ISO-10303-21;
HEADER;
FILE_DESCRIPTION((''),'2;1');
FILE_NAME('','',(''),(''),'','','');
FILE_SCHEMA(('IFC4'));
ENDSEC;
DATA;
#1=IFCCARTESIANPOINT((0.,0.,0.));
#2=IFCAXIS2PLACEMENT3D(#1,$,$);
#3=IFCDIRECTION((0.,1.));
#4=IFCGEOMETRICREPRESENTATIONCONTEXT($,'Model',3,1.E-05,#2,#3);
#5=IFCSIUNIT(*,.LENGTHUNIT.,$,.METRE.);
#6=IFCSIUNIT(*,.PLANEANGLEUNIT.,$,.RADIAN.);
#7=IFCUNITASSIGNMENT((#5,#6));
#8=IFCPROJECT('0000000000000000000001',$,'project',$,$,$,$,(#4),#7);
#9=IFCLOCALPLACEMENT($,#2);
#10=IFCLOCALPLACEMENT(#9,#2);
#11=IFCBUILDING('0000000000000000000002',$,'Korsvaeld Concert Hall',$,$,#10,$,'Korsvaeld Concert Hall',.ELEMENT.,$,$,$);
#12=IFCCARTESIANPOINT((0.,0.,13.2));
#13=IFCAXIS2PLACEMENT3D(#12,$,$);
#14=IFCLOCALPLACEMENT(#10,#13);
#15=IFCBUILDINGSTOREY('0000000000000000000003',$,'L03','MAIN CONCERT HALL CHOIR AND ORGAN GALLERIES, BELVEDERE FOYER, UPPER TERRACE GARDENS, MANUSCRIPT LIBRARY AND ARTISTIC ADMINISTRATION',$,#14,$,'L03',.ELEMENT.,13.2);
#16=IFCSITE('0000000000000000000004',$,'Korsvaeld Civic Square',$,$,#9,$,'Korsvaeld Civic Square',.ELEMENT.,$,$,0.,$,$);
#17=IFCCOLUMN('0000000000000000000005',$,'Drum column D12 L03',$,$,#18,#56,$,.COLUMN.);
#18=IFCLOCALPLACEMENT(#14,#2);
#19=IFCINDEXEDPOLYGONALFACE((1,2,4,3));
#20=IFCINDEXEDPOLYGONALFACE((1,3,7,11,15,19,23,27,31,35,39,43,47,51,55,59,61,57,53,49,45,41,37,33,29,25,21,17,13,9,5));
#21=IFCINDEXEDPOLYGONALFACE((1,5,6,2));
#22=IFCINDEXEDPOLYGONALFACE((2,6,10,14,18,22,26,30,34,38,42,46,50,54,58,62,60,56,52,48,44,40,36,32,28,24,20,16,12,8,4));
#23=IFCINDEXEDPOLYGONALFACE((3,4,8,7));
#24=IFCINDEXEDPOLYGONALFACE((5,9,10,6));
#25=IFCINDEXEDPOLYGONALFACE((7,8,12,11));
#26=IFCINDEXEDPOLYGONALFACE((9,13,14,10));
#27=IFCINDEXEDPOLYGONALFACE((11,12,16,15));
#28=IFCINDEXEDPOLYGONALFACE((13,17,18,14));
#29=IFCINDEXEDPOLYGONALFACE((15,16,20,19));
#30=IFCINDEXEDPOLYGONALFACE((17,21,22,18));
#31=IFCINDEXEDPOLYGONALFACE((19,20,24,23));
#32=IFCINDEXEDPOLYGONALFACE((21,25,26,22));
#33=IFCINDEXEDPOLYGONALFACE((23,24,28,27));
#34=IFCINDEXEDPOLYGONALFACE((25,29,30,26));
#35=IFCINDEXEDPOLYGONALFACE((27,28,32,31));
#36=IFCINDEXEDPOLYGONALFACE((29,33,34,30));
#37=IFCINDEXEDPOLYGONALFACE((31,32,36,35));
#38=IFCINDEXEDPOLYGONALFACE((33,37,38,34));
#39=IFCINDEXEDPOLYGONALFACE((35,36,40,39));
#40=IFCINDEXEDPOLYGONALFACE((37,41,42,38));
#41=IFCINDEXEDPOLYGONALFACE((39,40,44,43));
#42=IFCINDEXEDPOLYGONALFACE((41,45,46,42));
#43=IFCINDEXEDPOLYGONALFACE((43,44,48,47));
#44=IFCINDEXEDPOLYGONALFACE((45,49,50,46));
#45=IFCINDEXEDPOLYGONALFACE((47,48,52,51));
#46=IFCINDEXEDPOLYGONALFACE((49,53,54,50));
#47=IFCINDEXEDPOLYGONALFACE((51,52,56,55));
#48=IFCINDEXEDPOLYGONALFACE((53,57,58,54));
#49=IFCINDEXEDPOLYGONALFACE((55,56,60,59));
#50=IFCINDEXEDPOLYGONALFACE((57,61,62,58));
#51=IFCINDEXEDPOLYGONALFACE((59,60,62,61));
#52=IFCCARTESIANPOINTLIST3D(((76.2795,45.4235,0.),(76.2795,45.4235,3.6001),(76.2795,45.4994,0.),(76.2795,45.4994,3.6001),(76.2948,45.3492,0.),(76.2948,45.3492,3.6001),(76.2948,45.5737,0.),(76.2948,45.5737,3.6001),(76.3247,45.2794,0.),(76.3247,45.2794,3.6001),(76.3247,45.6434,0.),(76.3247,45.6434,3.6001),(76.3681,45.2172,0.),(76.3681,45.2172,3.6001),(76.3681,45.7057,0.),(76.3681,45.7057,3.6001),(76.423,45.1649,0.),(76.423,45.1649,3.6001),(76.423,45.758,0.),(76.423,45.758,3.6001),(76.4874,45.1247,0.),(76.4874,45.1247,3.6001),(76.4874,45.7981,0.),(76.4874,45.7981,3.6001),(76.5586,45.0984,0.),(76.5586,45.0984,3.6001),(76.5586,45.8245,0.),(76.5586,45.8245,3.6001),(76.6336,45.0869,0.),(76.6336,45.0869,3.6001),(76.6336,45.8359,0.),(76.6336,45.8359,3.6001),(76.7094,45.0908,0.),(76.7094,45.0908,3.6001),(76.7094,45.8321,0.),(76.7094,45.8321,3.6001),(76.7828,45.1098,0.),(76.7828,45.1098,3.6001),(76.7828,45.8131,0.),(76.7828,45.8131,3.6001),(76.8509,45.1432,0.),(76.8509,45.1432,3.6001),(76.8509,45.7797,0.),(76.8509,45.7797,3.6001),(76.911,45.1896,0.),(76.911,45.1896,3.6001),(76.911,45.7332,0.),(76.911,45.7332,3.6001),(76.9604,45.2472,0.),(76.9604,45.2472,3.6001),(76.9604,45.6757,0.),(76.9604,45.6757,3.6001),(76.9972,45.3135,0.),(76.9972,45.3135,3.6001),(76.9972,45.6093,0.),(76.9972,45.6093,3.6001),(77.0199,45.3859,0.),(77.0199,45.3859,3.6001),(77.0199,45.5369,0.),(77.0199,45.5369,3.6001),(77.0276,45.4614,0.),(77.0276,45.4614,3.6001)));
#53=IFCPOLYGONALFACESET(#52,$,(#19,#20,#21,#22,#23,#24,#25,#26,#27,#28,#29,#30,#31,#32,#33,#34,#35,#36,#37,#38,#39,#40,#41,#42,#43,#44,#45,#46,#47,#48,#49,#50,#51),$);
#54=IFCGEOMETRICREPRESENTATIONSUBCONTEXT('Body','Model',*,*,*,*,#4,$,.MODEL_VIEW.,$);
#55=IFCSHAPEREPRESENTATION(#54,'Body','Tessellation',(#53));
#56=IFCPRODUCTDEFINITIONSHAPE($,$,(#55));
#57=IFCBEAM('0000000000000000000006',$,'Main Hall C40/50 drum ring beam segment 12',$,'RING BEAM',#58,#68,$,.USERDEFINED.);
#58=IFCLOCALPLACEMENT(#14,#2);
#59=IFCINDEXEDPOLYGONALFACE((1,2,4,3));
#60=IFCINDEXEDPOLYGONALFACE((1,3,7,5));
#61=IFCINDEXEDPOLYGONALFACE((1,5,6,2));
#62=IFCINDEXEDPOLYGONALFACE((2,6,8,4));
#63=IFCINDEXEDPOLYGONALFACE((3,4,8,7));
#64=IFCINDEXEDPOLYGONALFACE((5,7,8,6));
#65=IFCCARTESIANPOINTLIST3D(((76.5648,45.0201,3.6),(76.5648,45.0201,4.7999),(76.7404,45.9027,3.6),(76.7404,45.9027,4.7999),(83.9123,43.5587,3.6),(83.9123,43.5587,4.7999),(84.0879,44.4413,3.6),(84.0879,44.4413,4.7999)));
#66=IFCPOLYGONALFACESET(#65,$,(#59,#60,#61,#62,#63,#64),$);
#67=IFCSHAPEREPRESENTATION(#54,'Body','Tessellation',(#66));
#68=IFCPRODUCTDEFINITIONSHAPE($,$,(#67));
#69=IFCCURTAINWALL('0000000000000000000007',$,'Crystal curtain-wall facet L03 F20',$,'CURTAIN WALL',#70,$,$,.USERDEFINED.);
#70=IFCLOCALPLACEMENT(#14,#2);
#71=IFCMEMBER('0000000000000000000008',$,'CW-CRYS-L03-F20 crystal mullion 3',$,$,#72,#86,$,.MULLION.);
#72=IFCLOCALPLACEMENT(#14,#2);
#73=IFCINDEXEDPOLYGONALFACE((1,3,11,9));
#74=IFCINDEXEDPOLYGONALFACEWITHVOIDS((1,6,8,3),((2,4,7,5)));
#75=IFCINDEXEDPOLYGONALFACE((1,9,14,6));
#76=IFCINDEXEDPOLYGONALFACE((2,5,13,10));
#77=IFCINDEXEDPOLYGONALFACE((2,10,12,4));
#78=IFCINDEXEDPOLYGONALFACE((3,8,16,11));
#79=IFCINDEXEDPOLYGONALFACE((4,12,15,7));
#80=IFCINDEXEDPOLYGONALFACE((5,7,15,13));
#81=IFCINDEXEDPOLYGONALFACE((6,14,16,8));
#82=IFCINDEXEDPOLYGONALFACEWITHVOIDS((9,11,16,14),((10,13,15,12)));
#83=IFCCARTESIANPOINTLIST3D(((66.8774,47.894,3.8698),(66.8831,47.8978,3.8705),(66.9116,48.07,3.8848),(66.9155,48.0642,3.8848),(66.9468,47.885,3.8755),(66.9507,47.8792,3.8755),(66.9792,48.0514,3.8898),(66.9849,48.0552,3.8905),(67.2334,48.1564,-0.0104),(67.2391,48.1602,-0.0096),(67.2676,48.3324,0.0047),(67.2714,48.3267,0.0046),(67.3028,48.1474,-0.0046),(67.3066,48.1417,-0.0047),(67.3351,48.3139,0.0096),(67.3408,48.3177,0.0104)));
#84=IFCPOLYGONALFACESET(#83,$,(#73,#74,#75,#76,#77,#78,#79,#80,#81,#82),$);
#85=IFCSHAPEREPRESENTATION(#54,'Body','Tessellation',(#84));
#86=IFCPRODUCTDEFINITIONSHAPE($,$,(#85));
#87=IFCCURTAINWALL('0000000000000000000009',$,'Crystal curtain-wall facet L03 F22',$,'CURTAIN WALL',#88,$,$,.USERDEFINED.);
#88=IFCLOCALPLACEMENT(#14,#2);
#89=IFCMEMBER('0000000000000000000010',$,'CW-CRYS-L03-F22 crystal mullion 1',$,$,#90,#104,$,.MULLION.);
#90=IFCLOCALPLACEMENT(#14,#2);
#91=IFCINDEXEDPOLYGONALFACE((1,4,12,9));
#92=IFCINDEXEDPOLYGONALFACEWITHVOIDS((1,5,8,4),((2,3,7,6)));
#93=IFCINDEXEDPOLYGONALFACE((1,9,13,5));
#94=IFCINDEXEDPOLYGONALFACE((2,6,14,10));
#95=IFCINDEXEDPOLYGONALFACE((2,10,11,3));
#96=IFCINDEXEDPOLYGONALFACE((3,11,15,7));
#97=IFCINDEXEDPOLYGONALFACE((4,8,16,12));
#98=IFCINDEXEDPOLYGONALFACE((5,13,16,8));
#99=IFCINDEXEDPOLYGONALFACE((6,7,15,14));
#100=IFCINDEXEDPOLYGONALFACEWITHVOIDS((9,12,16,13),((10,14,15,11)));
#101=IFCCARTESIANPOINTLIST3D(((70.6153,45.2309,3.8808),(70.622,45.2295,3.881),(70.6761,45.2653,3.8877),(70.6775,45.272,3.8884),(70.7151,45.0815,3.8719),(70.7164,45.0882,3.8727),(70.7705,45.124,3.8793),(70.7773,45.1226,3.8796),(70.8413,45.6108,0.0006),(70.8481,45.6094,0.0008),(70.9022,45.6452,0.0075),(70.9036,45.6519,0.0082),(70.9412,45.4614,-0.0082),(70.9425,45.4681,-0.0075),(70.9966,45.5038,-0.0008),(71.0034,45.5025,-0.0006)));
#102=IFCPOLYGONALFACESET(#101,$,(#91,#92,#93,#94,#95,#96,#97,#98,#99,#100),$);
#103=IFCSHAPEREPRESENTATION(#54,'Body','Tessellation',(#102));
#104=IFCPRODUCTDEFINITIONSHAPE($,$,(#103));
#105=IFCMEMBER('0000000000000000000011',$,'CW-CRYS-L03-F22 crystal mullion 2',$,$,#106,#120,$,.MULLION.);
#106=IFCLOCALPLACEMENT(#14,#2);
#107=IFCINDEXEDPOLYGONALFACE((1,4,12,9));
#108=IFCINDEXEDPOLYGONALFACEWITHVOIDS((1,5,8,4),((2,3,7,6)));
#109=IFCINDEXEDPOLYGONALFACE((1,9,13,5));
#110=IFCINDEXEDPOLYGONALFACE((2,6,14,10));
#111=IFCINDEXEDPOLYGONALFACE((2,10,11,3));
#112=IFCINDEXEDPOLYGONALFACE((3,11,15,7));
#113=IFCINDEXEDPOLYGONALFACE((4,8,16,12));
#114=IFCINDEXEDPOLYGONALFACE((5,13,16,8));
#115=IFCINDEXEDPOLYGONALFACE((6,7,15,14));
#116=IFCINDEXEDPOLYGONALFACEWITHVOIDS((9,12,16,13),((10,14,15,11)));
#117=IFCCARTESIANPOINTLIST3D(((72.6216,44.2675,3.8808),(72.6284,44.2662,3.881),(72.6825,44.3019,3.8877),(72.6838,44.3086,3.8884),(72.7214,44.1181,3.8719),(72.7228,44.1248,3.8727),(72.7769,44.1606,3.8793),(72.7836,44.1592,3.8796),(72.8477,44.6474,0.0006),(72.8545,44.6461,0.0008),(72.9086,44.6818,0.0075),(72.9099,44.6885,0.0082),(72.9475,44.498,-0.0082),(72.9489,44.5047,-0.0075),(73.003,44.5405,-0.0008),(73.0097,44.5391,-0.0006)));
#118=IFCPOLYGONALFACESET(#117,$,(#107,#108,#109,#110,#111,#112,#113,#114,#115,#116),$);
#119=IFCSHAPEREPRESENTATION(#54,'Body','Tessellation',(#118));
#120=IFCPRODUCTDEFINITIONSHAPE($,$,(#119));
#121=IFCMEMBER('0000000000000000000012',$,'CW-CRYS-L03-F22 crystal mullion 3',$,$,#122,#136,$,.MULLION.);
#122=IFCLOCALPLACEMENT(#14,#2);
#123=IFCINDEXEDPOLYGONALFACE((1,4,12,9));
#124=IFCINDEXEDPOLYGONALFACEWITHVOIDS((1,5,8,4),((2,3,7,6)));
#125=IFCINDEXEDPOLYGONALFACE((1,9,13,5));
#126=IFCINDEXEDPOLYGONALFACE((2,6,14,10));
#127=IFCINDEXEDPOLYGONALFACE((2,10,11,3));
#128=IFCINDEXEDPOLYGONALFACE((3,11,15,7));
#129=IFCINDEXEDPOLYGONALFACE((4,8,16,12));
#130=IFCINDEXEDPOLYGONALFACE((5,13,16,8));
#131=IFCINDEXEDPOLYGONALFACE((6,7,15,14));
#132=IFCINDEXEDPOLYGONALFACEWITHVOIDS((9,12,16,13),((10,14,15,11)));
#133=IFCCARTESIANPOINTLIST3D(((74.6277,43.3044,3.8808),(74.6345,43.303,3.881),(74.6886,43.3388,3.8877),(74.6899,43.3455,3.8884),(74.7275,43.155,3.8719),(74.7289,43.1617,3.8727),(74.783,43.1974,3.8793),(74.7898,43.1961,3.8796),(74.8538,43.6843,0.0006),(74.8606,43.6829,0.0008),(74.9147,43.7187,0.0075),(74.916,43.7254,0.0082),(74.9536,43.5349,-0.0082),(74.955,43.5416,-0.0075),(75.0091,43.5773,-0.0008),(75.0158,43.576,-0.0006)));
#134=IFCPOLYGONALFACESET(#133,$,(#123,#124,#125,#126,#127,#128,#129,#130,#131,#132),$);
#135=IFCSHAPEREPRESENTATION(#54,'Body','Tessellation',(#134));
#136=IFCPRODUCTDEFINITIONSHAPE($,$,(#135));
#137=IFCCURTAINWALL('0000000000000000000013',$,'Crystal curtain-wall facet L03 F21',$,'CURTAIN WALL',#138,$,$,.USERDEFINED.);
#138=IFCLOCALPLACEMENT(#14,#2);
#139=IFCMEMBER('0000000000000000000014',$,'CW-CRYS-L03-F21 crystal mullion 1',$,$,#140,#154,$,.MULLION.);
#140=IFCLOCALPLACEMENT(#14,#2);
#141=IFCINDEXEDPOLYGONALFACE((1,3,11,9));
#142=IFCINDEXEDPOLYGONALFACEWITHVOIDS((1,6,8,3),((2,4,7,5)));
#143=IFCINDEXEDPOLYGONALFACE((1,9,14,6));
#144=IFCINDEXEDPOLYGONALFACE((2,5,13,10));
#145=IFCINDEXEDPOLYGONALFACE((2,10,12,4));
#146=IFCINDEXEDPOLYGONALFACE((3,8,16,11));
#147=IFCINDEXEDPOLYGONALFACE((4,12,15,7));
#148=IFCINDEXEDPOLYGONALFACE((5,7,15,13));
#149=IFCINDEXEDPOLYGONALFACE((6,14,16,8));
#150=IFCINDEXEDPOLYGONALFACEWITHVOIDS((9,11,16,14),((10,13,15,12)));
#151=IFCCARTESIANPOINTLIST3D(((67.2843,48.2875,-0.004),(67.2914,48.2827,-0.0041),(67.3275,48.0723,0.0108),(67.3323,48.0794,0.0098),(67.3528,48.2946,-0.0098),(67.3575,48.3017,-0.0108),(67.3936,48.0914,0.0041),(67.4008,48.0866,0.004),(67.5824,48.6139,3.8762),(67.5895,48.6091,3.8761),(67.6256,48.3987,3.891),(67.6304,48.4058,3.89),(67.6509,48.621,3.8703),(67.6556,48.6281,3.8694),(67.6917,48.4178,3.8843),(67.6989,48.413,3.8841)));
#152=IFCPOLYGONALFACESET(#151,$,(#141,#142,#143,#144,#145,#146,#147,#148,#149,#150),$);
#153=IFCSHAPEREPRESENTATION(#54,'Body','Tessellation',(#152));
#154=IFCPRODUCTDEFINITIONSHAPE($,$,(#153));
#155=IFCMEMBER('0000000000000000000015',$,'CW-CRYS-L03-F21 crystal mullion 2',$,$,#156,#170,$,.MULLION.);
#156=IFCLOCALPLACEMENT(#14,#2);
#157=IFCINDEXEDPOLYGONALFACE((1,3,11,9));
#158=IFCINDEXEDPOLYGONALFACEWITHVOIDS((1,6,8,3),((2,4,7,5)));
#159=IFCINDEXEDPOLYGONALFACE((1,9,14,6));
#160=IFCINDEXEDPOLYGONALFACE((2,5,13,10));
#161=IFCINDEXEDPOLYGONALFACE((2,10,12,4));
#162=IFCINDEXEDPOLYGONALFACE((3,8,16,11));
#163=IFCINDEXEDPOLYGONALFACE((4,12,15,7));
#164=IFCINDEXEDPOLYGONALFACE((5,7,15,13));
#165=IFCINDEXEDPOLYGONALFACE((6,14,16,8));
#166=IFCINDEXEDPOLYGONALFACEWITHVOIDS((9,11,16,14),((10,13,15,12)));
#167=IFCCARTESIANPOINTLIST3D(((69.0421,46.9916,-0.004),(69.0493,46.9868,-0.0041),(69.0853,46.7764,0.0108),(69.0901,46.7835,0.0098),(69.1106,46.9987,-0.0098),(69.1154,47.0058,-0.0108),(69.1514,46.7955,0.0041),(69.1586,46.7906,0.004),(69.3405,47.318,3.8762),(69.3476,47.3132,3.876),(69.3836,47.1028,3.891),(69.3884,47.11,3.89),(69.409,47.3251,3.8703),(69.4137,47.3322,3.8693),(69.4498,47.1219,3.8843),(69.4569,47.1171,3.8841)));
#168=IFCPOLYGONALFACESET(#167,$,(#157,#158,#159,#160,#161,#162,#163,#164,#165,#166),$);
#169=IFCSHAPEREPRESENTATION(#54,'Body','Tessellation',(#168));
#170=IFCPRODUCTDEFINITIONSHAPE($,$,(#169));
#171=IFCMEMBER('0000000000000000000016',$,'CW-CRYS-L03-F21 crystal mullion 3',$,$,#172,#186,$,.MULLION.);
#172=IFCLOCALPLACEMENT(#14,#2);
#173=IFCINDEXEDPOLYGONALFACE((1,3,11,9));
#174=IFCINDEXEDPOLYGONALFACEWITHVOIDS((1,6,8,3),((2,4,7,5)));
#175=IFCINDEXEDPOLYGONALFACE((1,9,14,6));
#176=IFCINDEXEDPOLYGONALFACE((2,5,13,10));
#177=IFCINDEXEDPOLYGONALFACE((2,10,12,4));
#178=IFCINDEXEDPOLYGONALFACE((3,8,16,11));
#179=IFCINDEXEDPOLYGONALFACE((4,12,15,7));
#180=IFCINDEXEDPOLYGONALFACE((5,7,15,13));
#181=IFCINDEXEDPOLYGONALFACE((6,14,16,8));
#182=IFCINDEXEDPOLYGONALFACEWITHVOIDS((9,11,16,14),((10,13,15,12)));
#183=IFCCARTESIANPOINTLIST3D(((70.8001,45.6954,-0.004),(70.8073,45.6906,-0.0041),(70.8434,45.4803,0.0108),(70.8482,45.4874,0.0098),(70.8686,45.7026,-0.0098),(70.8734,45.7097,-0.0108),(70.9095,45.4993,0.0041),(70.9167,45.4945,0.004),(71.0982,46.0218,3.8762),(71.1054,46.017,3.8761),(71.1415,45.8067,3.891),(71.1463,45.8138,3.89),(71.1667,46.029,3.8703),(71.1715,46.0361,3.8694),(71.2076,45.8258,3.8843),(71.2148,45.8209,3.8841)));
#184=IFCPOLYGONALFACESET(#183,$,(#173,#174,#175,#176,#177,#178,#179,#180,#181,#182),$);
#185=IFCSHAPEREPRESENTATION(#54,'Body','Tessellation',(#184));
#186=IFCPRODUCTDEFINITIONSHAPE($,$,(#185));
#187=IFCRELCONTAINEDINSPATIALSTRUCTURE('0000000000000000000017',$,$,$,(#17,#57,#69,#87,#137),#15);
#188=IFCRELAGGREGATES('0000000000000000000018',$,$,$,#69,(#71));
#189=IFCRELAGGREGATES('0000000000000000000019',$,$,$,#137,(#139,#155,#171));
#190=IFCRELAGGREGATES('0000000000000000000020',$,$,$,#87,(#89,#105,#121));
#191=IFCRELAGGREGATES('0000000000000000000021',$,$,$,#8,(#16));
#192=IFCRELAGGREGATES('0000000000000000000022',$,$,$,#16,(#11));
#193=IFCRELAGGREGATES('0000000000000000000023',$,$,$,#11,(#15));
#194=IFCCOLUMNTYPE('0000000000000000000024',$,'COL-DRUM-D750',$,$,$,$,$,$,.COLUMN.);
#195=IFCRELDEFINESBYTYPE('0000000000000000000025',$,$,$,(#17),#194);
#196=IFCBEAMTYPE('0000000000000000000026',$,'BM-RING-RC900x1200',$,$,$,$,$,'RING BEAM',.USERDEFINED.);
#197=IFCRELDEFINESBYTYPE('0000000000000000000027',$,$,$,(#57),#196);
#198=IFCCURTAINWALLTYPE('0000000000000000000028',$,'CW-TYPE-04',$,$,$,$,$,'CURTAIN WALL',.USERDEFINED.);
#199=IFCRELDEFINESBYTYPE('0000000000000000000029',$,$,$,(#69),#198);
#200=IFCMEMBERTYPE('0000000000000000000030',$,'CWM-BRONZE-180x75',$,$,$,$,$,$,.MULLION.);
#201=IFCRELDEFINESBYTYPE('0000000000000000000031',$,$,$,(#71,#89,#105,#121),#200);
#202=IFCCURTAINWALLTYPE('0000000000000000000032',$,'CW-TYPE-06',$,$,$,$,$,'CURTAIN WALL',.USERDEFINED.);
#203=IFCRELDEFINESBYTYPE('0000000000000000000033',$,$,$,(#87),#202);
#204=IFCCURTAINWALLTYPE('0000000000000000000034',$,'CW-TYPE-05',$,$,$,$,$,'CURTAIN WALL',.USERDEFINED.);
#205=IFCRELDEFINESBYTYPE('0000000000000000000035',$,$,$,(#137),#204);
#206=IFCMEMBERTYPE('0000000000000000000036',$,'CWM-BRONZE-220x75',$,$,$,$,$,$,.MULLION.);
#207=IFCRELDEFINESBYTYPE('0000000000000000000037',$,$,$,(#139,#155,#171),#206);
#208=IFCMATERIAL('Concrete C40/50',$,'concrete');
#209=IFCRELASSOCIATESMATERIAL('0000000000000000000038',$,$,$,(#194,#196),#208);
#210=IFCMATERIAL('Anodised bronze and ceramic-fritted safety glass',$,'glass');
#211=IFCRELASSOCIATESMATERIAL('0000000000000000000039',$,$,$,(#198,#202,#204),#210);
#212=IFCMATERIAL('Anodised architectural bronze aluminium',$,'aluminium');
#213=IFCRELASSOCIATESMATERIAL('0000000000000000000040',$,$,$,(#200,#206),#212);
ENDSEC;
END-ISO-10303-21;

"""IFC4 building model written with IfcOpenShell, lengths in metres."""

from ifc_helpers import new_model, si_unit, direction, frame, origin, origin_2d, place, context, subcontext, project, spatial, rectangle, hollow_rectangle, circle, extrude, material, material_profile, profile_set, type_object, element, aggregate, save


model = new_model("IFC4")

# Units and contexts
model_context = context("Model", 3, precision=1e-05, world=origin(), true_north=direction((0.0, 1.0)))
body_context = subcontext(model_context, "Body", "Model", "MODEL_VIEW")
ifc_project = project(units=[si_unit("LENGTHUNIT", "METRE"), si_unit("PLANEANGLEUNIT", "RADIAN")], contexts=[model_context])

# Site, building, storey
site_placement = place(None, origin())
site = spatial("IfcSite", under=ifc_project, at=site_placement, Name="Korsvaeld Civic Square", LongName="Korsvaeld Civic Square", CompositionType="ELEMENT", RefElevation=0.0)
building_placement = place(site_placement, origin())
building = spatial("IfcBuilding", under=site, at=building_placement, Name="Korsvaeld Concert Hall", LongName="Korsvaeld Concert Hall", CompositionType="ELEMENT")
storey_placement = place(building_placement, frame((0.0, 0.0, 13.2)))
storey = spatial("IfcBuildingStorey", under=building, at=storey_placement, Name="L03", Description="MAIN CONCERT HALL CHOIR AND ORGAN GALLERIES, BELVEDERE FOYER, UPPER TERRACE GARDENS, MANUSCRIPT LIBRARY AND ARTISTIC ADMINISTRATION", LongName="L03", CompositionType="ELEMENT", Elevation=13.2)

# Column
ifc_material_1 = material(Name="Concrete C40/50", Category="concrete")
ifc_material_profile_1 = material_profile(ifc_material_1, circle(Radius=0.375, at=origin_2d()), Name="RC D750")
ifc_profile_set_1 = profile_set([ifc_material_profile_1], Name="Concrete C40/50")
column_type = type_object("IfcColumnType", Name="COL-DRUM-D750", PredefinedType="COLUMN", material=ifc_profile_set_1)
column_placement = place(storey_placement, frame((76.6526, 45.4614, 0.0), z_axis=(0.0, 0.0, 1.0), x_axis=(1.0, 0.0, 0.0)))
element("IfcColumn", 1, at=column_placement, inside=storey, type_object=column_type, Name="Drum column D12 L03", PredefinedType="COLUMN", context=body_context, shape_type="SweptSolid", body=[
    extrude(circle(Radius=0.375, at=origin_2d()), origin(), (0.0, 0.0, 1.0), 3.6001),
])

# Beam
ifc_material_profile_2 = material_profile(ifc_material_1, rectangle(XDim=0.8999, YDim=1.2, at=origin_2d()), Name="RC 900x1200")
ifc_profile_set_2 = profile_set([ifc_material_profile_2], Name="Concrete C40/50")
beam_type = type_object("IfcBeamType", Name="BM-RING-RC900x1200", ElementType="RING BEAM", PredefinedType="USERDEFINED", material=ifc_profile_set_2)
beam_placement = place(storey_placement, frame((76.6526, 45.4614, 4.2), z_axis=(0.980787, -0.195082, 0.0), x_axis=(0.195082, 0.980787, 0.0)))
element("IfcBeam", 2, at=beam_placement, inside=storey, type_object=beam_type, Name="Main Hall C40/50 drum ring beam segment 12", ObjectType="RING BEAM", PredefinedType="USERDEFINED", context=body_context, shape_type="SweptSolid", body=[
    extrude(rectangle(XDim=0.8999, YDim=1.2, at=origin_2d()), origin(), (0.0, 0.0, 1.0), 7.4915),
])

# Curtain wall, member
ifc_material_2 = material(Name="Anodised bronze and ceramic-fritted safety glass", Category="glass")
curtain_wall_type_1 = type_object("IfcCurtainWallType", Name="CW-TYPE-04", ElementType="CURTAIN WALL", PredefinedType="USERDEFINED", material=ifc_material_2)
curtain_wall_1_placement = place(storey_placement, origin())
curtain_wall_1 = element("IfcCurtainWall", 3, at=curtain_wall_1_placement, inside=storey, type_object=curtain_wall_type_1, Name="Crystal curtain-wall facet L03 F20", ObjectType="CURTAIN WALL", PredefinedType="USERDEFINED")
ifc_material_3 = material(Name="Anodised architectural bronze aluminium", Category="aluminium")
ifc_material_profile_3 = material_profile(ifc_material_3, hollow_rectangle(XDim=0.075, YDim=0.1799, WallThickness=0.0049, at=origin_2d()), Name="CWM 180x75x5")
ifc_profile_set_3 = profile_set([ifc_material_profile_3], Name="Anodised architectural bronze aluminium")
member_type_1 = type_object("IfcMemberType", Name="CWM-BRONZE-180x75", PredefinedType="MULLION", material=ifc_profile_set_3)
member_1_placement = place(storey_placement, frame((67.2871, 48.2371, 0.0), z_axis=(-0.091148, -0.067205, 0.993567), x_axis=(0.977518, -0.19653, 0.076383)))
member_1 = element("IfcMember", 4, at=member_1_placement, type_object=member_type_1, Name="CW-CRYS-L03-F20 crystal mullion 3", PredefinedType="MULLION", context=body_context, shape_type="SweptSolid", body=[
    extrude(hollow_rectangle(XDim=0.075, YDim=0.1799, WallThickness=0.0049, at=origin_2d()), origin(), (0.0, 0.0, 1.0), 3.9053),
])
aggregate(curtain_wall_1, [member_1])

# Curtain walls, members
curtain_wall_type_2 = type_object("IfcCurtainWallType", Name="CW-TYPE-06", ElementType="CURTAIN WALL", PredefinedType="USERDEFINED", material=ifc_material_2)
curtain_wall_2_placement = place(storey_placement, origin())
curtain_wall_2 = element("IfcCurtainWall", 5, at=curtain_wall_2_placement, inside=storey, type_object=curtain_wall_type_2, Name="Crystal curtain-wall facet L03 F22", ObjectType="CURTAIN WALL", PredefinedType="USERDEFINED")
member_2_placement = place(storey_placement, frame((70.9224, 45.5566, 0.0), z_axis=(-0.05789, -0.097275, 0.993572), x_axis=(0.83, 0.54835, 0.102046)))
member_2 = element("IfcMember", 6, at=member_2_placement, type_object=member_type_1, Name="CW-CRYS-L03-F22 crystal mullion 1", PredefinedType="MULLION", context=body_context, shape_type="SweptSolid", body=[
    extrude(hollow_rectangle(XDim=0.075, YDim=0.1799, WallThickness=0.0049, at=origin_2d()), origin(), (0.0, 0.0, 1.0), 3.9053),
])
member_3_placement = place(storey_placement, frame((72.9287, 44.5933, 0.0), z_axis=(-0.05789, -0.097275, 0.993572), x_axis=(0.83, 0.54835, 0.102046)))
member_3 = element("IfcMember", 7, at=member_3_placement, type_object=member_type_1, Name="CW-CRYS-L03-F22 crystal mullion 2", PredefinedType="MULLION", context=body_context, shape_type="SweptSolid", body=[
    extrude(hollow_rectangle(XDim=0.075, YDim=0.1799, WallThickness=0.0049, at=origin_2d()), origin(), (0.0, 0.0, 1.0), 3.9053),
])
member_4_placement = place(storey_placement, frame((74.9348, 43.6301, 0.0), z_axis=(-0.05789, -0.097275, 0.993572), x_axis=(0.83, 0.54835, 0.102046)))
member_4 = element("IfcMember", 8, at=member_4_placement, type_object=member_type_1, Name="CW-CRYS-L03-F22 crystal mullion 3", PredefinedType="MULLION", context=body_context, shape_type="SweptSolid", body=[
    extrude(hollow_rectangle(XDim=0.075, YDim=0.1799, WallThickness=0.0049, at=origin_2d()), origin(), (0.0, 0.0, 1.0), 3.9053),
])
curtain_wall_type_3 = type_object("IfcCurtainWallType", Name="CW-TYPE-05", ElementType="CURTAIN WALL", PredefinedType="USERDEFINED", material=ifc_material_2)
curtain_wall_3_placement = place(storey_placement, origin())
curtain_wall_3 = element("IfcCurtainWall", 9, at=curtain_wall_3_placement, inside=storey, type_object=curtain_wall_type_3, Name="Crystal curtain-wall facet L03 F21", ObjectType="CURTAIN WALL", PredefinedType="USERDEFINED")
ifc_material_profile_4 = material_profile(ifc_material_3, hollow_rectangle(XDim=0.075, YDim=0.22, WallThickness=0.0061, at=origin_2d()), Name="CWM 220x75x6")
ifc_profile_set_4 = profile_set([ifc_material_profile_4], Name="Anodised architectural bronze aluminium")
member_type_2 = type_object("IfcMemberType", Name="CWM-BRONZE-220x75", PredefinedType="MULLION", material=ifc_profile_set_4)
member_5_placement = place(storey_placement, frame((67.3425, 48.187, 0.0), z_axis=(0.076333, 0.083584, 0.993573), x_axis=(-0.977475, -0.190372, 0.091111)))
member_5 = element("IfcMember", 10, at=member_5_placement, type_object=member_type_2, Name="CW-CRYS-L03-F21 crystal mullion 1", PredefinedType="MULLION", context=body_context, shape_type="SweptSolid", body=[
    extrude(hollow_rectangle(XDim=0.075, YDim=0.22, WallThickness=0.0061, at=origin_2d()), origin(), (0.0, 0.0, 1.0), 3.9053),
])
member_6_placement = place(storey_placement, frame((69.1003, 46.8911, 0.0), z_axis=(0.076395, 0.083584, 0.993568), x_axis=(-0.97755, -0.189971, 0.091144)))
member_6 = element("IfcMember", 11, at=member_6_placement, type_object=member_type_2, Name="CW-CRYS-L03-F21 crystal mullion 2", PredefinedType="MULLION", context=body_context, shape_type="SweptSolid", body=[
    extrude(hollow_rectangle(XDim=0.075, YDim=0.22, WallThickness=0.0061, at=origin_2d()), origin(), (0.0, 0.0, 1.0), 3.9053),
])
member_7_placement = place(storey_placement, frame((70.8584, 45.595, 0.0), z_axis=(0.076333, 0.083584, 0.993573), x_axis=(-0.977475, -0.190372, 0.091111)))
member_7 = element("IfcMember", 12, at=member_7_placement, type_object=member_type_2, Name="CW-CRYS-L03-F21 crystal mullion 3", PredefinedType="MULLION", context=body_context, shape_type="SweptSolid", body=[
    extrude(hollow_rectangle(XDim=0.075, YDim=0.22, WallThickness=0.0061, at=origin_2d()), origin(), (0.0, 0.0, 1.0), 3.9053),
])

aggregate(curtain_wall_3, [member_5, member_6, member_7])
aggregate(curtain_wall_2, [member_2, member_3, member_4])

save(model, "model.ifc")
